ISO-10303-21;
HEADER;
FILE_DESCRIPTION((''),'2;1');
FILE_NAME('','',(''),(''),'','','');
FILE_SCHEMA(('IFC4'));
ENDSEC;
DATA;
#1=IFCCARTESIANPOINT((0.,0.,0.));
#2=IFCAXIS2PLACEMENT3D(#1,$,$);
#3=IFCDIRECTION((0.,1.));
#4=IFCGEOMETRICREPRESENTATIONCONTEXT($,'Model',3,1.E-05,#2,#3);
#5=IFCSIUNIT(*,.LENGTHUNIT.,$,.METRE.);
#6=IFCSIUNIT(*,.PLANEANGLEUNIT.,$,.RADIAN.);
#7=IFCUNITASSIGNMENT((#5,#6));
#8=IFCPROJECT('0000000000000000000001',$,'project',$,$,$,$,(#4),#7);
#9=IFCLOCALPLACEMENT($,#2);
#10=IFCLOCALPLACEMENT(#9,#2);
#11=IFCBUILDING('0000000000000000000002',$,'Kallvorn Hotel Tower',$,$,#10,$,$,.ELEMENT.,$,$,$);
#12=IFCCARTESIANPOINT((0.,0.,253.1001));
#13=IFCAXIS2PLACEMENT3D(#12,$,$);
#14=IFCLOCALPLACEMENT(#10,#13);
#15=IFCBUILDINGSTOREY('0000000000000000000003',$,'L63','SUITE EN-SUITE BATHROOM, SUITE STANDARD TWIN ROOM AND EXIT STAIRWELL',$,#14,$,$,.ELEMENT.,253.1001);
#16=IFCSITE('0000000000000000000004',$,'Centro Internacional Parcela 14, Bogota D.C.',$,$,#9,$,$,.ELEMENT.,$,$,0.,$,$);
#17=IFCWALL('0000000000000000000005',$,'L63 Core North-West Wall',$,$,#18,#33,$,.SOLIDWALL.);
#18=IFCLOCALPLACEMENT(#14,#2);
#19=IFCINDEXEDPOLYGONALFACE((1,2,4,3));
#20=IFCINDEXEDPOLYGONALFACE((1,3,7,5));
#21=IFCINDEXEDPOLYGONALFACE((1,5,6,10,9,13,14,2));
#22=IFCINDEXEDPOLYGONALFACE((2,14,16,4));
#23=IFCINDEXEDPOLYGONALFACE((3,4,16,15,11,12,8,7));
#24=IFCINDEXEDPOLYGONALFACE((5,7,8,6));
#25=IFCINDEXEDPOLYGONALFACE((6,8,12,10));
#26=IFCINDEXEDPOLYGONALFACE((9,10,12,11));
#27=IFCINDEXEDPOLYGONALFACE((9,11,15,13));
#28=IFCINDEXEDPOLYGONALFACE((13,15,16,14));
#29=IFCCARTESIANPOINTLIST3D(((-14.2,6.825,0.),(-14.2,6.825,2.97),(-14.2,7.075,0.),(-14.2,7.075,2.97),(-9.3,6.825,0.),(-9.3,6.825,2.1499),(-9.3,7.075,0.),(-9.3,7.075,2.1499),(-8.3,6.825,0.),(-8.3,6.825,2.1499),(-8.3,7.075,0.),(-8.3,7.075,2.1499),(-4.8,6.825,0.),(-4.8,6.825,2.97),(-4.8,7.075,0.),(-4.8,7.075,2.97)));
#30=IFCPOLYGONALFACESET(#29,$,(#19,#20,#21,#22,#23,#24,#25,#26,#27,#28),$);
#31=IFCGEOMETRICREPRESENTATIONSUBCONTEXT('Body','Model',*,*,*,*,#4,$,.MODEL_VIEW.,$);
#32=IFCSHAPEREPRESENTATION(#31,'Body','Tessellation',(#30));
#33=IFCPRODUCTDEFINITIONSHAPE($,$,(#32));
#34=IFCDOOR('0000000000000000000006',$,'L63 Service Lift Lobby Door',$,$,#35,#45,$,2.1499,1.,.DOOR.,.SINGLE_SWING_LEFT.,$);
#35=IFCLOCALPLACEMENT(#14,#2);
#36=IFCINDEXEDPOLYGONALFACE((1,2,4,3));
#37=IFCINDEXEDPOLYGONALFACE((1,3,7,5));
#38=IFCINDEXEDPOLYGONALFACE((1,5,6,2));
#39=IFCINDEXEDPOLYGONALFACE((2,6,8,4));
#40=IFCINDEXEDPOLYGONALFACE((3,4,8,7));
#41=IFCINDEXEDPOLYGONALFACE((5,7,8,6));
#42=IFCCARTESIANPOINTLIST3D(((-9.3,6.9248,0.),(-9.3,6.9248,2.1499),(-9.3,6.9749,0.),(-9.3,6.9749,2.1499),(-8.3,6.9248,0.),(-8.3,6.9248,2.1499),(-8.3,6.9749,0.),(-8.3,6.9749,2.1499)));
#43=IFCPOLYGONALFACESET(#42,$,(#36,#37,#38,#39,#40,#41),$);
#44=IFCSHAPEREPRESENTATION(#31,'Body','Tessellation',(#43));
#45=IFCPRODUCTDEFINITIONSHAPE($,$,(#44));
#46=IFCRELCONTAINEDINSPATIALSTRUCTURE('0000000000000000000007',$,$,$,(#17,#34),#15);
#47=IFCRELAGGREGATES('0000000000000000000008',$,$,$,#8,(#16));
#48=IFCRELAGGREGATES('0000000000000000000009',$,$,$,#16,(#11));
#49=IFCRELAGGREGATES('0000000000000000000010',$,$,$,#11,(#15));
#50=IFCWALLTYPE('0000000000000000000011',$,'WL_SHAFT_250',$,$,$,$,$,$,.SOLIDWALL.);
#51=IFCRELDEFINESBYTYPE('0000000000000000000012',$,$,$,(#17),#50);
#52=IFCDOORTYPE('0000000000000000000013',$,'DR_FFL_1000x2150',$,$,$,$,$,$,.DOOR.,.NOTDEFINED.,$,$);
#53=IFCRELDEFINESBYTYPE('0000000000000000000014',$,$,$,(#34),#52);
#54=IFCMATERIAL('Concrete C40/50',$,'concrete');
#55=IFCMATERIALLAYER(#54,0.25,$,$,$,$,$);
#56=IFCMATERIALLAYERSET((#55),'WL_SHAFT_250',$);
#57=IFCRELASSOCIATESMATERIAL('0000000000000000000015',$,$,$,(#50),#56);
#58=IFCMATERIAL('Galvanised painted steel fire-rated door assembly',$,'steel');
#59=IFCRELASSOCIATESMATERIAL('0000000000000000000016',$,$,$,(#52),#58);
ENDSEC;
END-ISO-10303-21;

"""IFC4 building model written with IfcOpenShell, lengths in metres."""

from ifc_helpers import new_model, si_unit, direction, frame, frame_2d, origin, place, context, subcontext, project, spatial, rectangle, extrude, material, layer, layer_set, type_object, element, fill, save


model = new_model("IFC4")

# Units and contexts
model_context = context("Model", 3, precision=1e-05, world=origin(), true_north=direction((0.0, 1.0)))
body_context = subcontext(model_context, "Body", "Model", "MODEL_VIEW")
ifc_project = project(units=[si_unit("LENGTHUNIT", "METRE"), si_unit("PLANEANGLEUNIT", "RADIAN")], contexts=[model_context])

# Site, building, storey
site_placement = place(None, origin())
site = spatial("IfcSite", under=ifc_project, at=site_placement, Name="Centro Internacional Parcela 14, Bogota D.C.", CompositionType="ELEMENT", RefElevation=0.0)
building_placement = place(site_placement, origin())
building = spatial("IfcBuilding", under=site, at=building_placement, Name="Kallvorn Hotel Tower", CompositionType="ELEMENT")
storey_placement = place(building_placement, frame((0.0, 0.0, 253.1001)))
storey = spatial("IfcBuildingStorey", under=building, at=storey_placement, Name="L63", Description="SUITE EN-SUITE BATHROOM, SUITE STANDARD TWIN ROOM AND EXIT STAIRWELL", CompositionType="ELEMENT", Elevation=253.1001)

# Wall, opening, door
ifc_material_1 = material(Name="Concrete C40/50", Category="concrete")
ifc_layer_1 = layer(ifc_material_1, 0.25)
ifc_layer_set_1 = layer_set([ifc_layer_1], Name="WL_SHAFT_250")
wall_type_1 = type_object("IfcWallType", Name="WL_SHAFT_250", PredefinedType="SOLIDWALL", material=ifc_layer_set_1)
wall_1_placement = place(storey_placement, frame((-14.2, 6.95, 0.0), z_axis=(0.0, 0.0, 1.0), x_axis=(1.0, 0.0, 0.0)))
wall_1 = element("IfcWall", 1, at=wall_1_placement, inside=storey, type_object=wall_type_1, Name="L63 Core North-West Wall", PredefinedType="SOLIDWALL", context=body_context, shape_type="SweptSolid", body=[
    extrude(rectangle(XDim=9.3999, YDim=0.25, at=frame_2d((4.7, 0.0))), origin(), (0.0, 0.0, 1.0), 2.97),
])
opening_1_placement = place(wall_1_placement, frame((4.8999, 0.0, 0.0)))
opening_1 = element("IfcOpeningElement", 2, at=opening_1_placement, cuts=wall_1, PredefinedType="OPENING", context=body_context, shape_type="SweptSolid", body=[
    extrude(rectangle(XDim=1.0, YDim=2.1499, at=frame_2d((0.5, 1.075))), frame((0.0, 0.1399, 0.0), z_axis=(0.0, -1.0, 0.0), x_axis=(1.0, 0.0, 0.0)), (0.0, 0.0, 1.0), 0.28),
])
ifc_material_2 = material(Name="Galvanised painted steel fire-rated door assembly", Category="steel")
door_type_1 = type_object("IfcDoorType", Name="DR_FFL_1000x2150", OperationType="NOTDEFINED", PredefinedType="DOOR", material=ifc_material_2)
door_1_placement = place(opening_1_placement, origin())
door_1 = element("IfcDoor", 3, at=door_1_placement, inside=storey, type_object=door_type_1, Name="L63 Service Lift Lobby Door", OperationType="SINGLE_SWING_LEFT", OverallHeight=2.1499, OverallWidth=1.0, PredefinedType="DOOR", context=body_context, shape_type="SweptSolid", body=[
    extrude(rectangle(XDim=1.0, YDim=2.1499, at=frame_2d((0.5, 1.075))), frame((0.0, 0.0249, 0.0), z_axis=(0.0, -1.0, 0.0), x_axis=(1.0, 0.0, 0.0)), (0.0, 0.0, 1.0), 0.05),
])
fill(opening_1, door_1)

save(model, "model.ifc")
